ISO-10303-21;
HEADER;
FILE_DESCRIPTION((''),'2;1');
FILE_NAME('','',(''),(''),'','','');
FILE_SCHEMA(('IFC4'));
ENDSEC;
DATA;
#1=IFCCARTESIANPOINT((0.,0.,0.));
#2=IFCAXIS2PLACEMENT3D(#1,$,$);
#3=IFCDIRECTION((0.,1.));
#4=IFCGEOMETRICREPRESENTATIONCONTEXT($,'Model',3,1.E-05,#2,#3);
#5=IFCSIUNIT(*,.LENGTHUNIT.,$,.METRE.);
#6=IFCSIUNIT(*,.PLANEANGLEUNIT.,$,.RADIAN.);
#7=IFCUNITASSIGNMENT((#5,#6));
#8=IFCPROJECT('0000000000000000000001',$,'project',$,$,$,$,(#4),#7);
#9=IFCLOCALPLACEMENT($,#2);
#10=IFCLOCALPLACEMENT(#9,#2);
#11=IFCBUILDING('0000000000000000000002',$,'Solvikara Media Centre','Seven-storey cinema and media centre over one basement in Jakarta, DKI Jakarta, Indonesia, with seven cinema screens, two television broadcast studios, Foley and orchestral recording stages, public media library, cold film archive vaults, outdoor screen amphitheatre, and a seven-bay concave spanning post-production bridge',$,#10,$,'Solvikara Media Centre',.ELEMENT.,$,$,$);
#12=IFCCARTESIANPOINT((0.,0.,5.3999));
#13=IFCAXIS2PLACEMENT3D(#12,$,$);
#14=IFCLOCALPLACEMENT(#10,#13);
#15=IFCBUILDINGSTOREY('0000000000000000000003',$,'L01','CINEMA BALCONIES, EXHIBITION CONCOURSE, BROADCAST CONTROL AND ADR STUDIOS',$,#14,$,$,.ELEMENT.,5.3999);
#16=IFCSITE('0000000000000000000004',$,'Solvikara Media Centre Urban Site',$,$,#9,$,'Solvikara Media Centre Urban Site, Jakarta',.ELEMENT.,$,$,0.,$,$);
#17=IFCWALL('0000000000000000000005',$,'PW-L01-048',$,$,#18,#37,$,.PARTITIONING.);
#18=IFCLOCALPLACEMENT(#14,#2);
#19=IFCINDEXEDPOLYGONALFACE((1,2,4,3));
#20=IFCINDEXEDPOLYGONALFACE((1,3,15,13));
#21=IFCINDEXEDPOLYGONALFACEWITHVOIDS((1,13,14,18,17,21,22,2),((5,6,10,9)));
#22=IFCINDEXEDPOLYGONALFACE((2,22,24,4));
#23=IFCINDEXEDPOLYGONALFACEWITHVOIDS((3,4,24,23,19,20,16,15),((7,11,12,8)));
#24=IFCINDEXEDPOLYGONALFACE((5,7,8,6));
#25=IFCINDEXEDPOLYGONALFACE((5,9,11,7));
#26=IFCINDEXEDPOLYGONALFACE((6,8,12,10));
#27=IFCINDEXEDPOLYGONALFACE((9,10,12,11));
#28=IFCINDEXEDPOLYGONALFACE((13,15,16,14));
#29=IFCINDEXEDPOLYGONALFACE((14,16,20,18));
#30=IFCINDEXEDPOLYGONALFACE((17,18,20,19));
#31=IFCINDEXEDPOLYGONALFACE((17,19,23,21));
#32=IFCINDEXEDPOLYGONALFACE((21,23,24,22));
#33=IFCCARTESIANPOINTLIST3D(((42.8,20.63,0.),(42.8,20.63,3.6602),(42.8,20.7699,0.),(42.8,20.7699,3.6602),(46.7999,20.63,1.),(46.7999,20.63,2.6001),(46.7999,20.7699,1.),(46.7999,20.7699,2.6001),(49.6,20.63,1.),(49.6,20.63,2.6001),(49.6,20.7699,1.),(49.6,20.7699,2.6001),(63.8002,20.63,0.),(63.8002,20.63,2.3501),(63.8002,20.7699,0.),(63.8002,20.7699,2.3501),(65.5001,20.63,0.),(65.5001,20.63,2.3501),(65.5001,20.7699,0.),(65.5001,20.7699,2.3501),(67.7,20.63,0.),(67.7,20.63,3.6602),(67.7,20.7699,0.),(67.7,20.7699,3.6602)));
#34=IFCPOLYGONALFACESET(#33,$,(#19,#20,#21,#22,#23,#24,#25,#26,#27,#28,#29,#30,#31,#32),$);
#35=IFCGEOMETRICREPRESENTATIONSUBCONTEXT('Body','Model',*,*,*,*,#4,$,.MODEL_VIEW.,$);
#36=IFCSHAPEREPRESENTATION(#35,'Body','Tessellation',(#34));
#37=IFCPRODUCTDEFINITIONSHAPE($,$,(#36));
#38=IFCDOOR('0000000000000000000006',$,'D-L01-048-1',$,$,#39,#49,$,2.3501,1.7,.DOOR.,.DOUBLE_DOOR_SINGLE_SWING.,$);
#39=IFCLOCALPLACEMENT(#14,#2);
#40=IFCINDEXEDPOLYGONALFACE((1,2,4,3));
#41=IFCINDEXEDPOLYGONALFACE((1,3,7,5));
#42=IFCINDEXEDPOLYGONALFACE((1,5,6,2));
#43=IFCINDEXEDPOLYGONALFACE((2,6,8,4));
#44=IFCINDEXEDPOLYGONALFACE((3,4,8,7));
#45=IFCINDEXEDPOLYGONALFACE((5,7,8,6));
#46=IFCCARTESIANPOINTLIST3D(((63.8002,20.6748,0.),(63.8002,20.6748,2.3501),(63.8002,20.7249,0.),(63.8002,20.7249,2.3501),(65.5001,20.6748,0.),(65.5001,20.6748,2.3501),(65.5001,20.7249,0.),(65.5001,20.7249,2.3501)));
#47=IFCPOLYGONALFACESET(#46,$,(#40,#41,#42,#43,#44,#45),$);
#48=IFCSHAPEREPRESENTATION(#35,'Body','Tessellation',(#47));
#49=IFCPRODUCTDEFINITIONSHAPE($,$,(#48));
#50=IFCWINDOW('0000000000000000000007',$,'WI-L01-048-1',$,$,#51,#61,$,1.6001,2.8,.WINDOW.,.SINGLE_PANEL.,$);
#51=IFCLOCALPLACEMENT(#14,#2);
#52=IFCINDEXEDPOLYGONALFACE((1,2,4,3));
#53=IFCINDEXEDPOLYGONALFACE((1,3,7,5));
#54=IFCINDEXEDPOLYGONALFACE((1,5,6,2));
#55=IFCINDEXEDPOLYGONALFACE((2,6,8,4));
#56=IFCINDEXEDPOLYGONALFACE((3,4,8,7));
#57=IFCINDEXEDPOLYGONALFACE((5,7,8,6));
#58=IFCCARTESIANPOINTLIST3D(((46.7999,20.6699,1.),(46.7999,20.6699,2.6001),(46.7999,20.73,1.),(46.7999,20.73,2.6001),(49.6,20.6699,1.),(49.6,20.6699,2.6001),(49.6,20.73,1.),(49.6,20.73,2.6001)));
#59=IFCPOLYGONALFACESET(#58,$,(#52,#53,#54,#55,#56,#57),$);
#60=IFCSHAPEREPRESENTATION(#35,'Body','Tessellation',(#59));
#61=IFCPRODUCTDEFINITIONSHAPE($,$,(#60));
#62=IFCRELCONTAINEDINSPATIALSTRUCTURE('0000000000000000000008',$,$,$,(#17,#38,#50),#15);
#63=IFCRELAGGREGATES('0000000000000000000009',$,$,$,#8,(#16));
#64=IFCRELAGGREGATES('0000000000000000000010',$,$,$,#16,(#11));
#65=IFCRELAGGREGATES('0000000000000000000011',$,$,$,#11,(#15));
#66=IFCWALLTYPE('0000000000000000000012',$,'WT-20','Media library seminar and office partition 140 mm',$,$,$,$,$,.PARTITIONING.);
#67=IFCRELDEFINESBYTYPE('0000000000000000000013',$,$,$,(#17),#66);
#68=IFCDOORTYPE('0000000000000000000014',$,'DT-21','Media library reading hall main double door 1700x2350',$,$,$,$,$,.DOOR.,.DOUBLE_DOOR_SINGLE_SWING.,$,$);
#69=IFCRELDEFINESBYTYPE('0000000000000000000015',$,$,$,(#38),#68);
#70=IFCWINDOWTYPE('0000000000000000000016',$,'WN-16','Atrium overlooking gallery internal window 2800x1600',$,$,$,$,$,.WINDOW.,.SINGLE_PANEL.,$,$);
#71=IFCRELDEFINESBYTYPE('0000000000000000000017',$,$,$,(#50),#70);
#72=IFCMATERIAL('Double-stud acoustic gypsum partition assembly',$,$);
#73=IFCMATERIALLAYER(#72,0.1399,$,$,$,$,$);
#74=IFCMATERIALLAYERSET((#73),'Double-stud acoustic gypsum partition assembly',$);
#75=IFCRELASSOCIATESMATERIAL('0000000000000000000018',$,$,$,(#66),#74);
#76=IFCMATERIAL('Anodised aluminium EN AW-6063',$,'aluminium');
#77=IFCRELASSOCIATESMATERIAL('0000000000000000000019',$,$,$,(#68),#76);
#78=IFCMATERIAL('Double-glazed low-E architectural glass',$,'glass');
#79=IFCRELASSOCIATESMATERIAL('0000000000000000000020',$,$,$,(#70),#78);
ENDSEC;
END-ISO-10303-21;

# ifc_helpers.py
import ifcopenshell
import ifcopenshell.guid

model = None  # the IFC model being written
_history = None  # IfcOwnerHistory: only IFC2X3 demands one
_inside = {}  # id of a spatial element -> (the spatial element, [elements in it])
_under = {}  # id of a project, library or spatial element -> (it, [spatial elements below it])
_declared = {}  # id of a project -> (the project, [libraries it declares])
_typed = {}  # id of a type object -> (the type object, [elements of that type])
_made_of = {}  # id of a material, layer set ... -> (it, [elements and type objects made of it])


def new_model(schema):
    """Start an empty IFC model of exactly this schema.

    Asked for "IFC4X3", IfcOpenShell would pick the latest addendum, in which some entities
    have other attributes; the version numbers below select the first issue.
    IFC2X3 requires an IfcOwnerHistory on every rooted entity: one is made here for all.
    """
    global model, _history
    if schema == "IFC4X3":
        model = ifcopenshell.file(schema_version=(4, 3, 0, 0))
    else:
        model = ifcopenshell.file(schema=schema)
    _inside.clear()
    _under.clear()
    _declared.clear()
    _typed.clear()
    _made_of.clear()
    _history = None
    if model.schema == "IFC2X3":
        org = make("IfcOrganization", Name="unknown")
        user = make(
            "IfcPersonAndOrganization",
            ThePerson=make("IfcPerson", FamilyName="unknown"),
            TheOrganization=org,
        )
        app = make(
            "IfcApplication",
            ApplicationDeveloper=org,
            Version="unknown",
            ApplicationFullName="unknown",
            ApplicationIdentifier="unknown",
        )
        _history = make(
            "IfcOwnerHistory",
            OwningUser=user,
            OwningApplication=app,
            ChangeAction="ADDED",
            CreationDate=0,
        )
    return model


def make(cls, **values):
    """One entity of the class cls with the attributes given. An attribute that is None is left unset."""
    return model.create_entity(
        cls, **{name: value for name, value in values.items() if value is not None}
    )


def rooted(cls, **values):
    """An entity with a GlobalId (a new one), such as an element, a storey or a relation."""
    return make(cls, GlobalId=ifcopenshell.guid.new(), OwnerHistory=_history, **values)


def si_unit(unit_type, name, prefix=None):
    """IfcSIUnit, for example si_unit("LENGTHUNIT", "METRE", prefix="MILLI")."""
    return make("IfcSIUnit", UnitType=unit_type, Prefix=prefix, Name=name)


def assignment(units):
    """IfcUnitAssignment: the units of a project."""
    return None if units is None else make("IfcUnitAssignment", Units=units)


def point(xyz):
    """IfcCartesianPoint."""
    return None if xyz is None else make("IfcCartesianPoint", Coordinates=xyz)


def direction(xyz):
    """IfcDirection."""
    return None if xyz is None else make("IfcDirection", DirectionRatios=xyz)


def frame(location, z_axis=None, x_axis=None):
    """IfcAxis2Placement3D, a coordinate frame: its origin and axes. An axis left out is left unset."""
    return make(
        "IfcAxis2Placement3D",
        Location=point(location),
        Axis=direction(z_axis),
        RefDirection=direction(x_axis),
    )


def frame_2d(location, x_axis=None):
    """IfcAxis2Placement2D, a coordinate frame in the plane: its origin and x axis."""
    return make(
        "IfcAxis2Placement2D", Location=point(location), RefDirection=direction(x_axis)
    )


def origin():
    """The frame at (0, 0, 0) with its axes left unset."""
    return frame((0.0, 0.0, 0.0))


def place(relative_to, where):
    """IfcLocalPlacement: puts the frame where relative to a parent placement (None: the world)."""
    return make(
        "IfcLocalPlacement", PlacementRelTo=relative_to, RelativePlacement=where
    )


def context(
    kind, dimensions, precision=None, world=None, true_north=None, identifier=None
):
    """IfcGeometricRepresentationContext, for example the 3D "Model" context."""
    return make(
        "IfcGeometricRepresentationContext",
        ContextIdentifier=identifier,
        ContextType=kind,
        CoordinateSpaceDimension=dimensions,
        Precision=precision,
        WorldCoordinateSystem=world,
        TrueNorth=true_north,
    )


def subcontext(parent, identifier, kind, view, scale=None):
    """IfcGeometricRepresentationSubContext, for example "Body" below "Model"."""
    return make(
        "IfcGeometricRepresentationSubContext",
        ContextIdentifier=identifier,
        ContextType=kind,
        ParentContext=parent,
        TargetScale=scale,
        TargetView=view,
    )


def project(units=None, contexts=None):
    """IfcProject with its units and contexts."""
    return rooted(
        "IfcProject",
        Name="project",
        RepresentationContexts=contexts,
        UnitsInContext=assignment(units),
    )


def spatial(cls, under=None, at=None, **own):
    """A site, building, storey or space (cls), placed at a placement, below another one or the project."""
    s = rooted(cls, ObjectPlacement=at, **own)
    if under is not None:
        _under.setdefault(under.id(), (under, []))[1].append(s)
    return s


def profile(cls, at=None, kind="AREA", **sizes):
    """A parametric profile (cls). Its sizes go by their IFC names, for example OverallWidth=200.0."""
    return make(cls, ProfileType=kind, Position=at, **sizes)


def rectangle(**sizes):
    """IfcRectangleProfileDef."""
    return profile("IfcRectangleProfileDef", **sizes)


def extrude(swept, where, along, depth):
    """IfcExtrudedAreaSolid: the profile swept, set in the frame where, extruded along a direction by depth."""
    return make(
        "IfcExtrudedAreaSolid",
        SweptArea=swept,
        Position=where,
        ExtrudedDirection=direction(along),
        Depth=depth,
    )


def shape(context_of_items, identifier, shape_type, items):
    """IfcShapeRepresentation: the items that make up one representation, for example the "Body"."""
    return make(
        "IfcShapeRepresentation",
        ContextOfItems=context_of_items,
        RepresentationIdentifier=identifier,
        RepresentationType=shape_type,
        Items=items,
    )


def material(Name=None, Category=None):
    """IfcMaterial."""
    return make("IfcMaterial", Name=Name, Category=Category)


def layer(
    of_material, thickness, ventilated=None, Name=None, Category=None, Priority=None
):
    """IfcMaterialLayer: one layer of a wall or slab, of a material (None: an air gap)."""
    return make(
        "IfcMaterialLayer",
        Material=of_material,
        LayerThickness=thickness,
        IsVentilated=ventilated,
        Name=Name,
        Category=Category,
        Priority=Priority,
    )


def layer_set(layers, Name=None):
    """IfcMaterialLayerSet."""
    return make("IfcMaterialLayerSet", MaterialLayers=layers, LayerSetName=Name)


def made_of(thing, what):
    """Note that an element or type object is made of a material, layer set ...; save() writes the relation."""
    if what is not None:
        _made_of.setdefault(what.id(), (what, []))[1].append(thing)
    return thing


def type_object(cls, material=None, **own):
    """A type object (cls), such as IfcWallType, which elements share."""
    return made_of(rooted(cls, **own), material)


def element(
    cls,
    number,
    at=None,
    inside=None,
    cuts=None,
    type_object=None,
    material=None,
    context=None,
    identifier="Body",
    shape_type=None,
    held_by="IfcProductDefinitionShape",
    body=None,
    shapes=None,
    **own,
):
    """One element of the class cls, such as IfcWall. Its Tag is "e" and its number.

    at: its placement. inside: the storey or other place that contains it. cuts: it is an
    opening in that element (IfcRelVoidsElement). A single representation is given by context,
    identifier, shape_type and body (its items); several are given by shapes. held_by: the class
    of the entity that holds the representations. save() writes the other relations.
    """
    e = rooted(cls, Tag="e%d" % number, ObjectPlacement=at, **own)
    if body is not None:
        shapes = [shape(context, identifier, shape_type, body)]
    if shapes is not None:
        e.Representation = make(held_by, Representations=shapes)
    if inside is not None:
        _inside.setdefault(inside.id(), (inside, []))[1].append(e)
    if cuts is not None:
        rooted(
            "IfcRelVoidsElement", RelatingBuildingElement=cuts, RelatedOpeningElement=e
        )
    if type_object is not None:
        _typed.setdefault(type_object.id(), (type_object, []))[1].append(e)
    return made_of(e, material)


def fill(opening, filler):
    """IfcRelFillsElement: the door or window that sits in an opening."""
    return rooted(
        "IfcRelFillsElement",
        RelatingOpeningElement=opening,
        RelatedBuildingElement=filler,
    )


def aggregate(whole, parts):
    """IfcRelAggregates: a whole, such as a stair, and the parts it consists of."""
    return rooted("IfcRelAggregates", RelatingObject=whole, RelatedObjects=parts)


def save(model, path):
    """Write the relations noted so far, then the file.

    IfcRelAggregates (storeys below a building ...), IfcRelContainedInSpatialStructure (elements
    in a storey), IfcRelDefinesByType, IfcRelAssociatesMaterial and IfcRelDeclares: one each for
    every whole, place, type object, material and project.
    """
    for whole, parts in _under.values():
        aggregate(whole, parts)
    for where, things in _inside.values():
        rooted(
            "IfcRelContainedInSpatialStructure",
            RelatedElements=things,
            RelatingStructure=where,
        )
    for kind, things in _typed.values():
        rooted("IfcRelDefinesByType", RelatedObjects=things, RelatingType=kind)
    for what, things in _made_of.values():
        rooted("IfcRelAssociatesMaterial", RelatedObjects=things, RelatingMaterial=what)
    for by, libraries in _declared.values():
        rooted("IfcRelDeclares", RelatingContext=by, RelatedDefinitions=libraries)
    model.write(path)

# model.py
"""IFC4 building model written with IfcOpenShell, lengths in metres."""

from ifc_helpers import new_model, si_unit, direction, frame, frame_2d, origin, place, context, subcontext, project, spatial, rectangle, extrude, material, layer, layer_set, type_object, element, fill, save


model = new_model("IFC4")

# Units and contexts
model_context = context("Model", 3, precision=1e-05, world=origin(), true_north=direction((0.0, 1.0)))
body_context = subcontext(model_context, "Body", "Model", "MODEL_VIEW")
ifc_project = project(units=[si_unit("LENGTHUNIT", "METRE"), si_unit("PLANEANGLEUNIT", "RADIAN")], contexts=[model_context])

# Site, building, storey
site_placement = place(None, origin())
site = spatial("IfcSite", under=ifc_project, at=site_placement, Name="Solvikara Media Centre Urban Site", LongName="Solvikara Media Centre Urban Site, Jakarta", CompositionType="ELEMENT", RefElevation=0.0)
building_placement = place(site_placement, origin())
building = spatial("IfcBuilding", under=site, at=building_placement, Name="Solvikara Media Centre", Description="Seven-storey cinema and media centre over one basement in Jakarta, DKI Jakarta, Indonesia, with seven cinema screens, two television broadcast studios, Foley and orchestral recording stages, public media library, cold film archive vaults, outdoor screen amphitheatre, and a seven-bay concave spanning post-production bridge", LongName="Solvikara Media Centre", CompositionType="ELEMENT")
storey_placement = place(building_placement, frame((0.0, 0.0, 5.3999)))
storey = spatial("IfcBuildingStorey", under=building, at=storey_placement, Name="L01", Description="CINEMA BALCONIES, EXHIBITION CONCOURSE, BROADCAST CONTROL AND ADR STUDIOS", CompositionType="ELEMENT", Elevation=5.3999)

# Wall, openings, door, window
ifc_material_1 = material(Name="Double-stud acoustic gypsum partition assembly")
ifc_layer_1 = layer(ifc_material_1, 0.1399)
ifc_layer_set_1 = layer_set([ifc_layer_1], Name="Double-stud acoustic gypsum partition assembly")
wall_type_1 = type_object("IfcWallType", Name="WT-20", Description="Media library seminar and office partition 140 mm", PredefinedType="PARTITIONING", material=ifc_layer_set_1)
wall_1_placement = place(storey_placement, frame((42.8, 20.7, 0.0), z_axis=(0.0, 0.0, 1.0), x_axis=(1.0, 0.0, 0.0)))
wall_1 = element("IfcWall", 1, at=wall_1_placement, inside=storey, type_object=wall_type_1, Name="PW-L01-048", PredefinedType="PARTITIONING", context=body_context, shape_type="SweptSolid", body=[
    extrude(rectangle(XDim=24.8999, YDim=0.1399, at=frame_2d((12.45, 0.0))), origin(), (0.0, 0.0, 1.0), 3.6602),
])
opening_1_placement = place(wall_1_placement, frame((21.0, 0.0, 0.0)))
opening_1 = element("IfcOpeningElement", 2, at=opening_1_placement, cuts=wall_1, PredefinedType="OPENING", context=body_context, shape_type="SweptSolid", body=[
    extrude(rectangle(XDim=1.7, YDim=2.3501, at=frame_2d((0.8501, 1.175))), frame((0.0, 0.082, 0.0), z_axis=(0.0, -1.0, 0.0), x_axis=(1.0, 0.0, 0.0)), (0.0, 0.0, 1.0), 0.1638),
])
opening_2_placement = place(wall_1_placement, frame((4.0, 0.0, 1.0)))
opening_2 = element("IfcOpeningElement", 3, at=opening_2_placement, cuts=wall_1, PredefinedType="OPENING", context=body_context, shape_type="SweptSolid", body=[
    extrude(rectangle(XDim=2.8, YDim=1.6001, at=frame_2d((1.3999, 0.8))), frame((0.0, 0.082, 0.0), z_axis=(0.0, -1.0, 0.0), x_axis=(1.0, 0.0, 0.0)), (0.0, 0.0, 1.0), 0.1638),
])
ifc_material_2 = material(Name="Anodised aluminium EN AW-6063", Category="aluminium")
door_type_1 = type_object("IfcDoorType", Name="DT-21", Description="Media library reading hall main double door 1700x2350", OperationType="DOUBLE_DOOR_SINGLE_SWING", PredefinedType="DOOR", material=ifc_material_2)
door_1_placement = place(opening_1_placement, origin())
door_1 = element("IfcDoor", 4, at=door_1_placement, inside=storey, type_object=door_type_1, Name="D-L01-048-1", OperationType="DOUBLE_DOOR_SINGLE_SWING", OverallHeight=2.3501, OverallWidth=1.7, PredefinedType="DOOR", context=body_context, shape_type="SweptSolid", body=[
    extrude(rectangle(XDim=1.7, YDim=2.3501, at=frame_2d((0.8501, 1.175))), frame((0.0, 0.0249, 0.0), z_axis=(0.0, -1.0, 0.0), x_axis=(1.0, 0.0, 0.0)), (0.0, 0.0, 1.0), 0.05),
])
fill(opening_1, door_1)
ifc_material_3 = material(Name="Double-glazed low-E architectural glass", Category="glass")
window_type = type_object("IfcWindowType", Name="WN-16", Description="Atrium overlooking gallery internal window 2800x1600", PartitioningType="SINGLE_PANEL", PredefinedType="WINDOW", material=ifc_material_3)
window_placement = place(opening_2_placement, origin())
window = element("IfcWindow", 5, at=window_placement, inside=storey, type_object=window_type, Name="WI-L01-048-1", OverallHeight=1.6001, OverallWidth=2.8, PartitioningType="SINGLE_PANEL", PredefinedType="WINDOW", context=body_context, shape_type="SweptSolid", body=[
    extrude(rectangle(XDim=2.8, YDim=1.6001, at=frame_2d((1.3999, 0.8))), frame((0.0, 0.03, 0.0), z_axis=(0.0, -1.0, 0.0), x_axis=(1.0, 0.0, 0.0)), (0.0, 0.0, 1.0), 0.0601),
])
fill(opening_2, window)

save(model, "model.ifc")
